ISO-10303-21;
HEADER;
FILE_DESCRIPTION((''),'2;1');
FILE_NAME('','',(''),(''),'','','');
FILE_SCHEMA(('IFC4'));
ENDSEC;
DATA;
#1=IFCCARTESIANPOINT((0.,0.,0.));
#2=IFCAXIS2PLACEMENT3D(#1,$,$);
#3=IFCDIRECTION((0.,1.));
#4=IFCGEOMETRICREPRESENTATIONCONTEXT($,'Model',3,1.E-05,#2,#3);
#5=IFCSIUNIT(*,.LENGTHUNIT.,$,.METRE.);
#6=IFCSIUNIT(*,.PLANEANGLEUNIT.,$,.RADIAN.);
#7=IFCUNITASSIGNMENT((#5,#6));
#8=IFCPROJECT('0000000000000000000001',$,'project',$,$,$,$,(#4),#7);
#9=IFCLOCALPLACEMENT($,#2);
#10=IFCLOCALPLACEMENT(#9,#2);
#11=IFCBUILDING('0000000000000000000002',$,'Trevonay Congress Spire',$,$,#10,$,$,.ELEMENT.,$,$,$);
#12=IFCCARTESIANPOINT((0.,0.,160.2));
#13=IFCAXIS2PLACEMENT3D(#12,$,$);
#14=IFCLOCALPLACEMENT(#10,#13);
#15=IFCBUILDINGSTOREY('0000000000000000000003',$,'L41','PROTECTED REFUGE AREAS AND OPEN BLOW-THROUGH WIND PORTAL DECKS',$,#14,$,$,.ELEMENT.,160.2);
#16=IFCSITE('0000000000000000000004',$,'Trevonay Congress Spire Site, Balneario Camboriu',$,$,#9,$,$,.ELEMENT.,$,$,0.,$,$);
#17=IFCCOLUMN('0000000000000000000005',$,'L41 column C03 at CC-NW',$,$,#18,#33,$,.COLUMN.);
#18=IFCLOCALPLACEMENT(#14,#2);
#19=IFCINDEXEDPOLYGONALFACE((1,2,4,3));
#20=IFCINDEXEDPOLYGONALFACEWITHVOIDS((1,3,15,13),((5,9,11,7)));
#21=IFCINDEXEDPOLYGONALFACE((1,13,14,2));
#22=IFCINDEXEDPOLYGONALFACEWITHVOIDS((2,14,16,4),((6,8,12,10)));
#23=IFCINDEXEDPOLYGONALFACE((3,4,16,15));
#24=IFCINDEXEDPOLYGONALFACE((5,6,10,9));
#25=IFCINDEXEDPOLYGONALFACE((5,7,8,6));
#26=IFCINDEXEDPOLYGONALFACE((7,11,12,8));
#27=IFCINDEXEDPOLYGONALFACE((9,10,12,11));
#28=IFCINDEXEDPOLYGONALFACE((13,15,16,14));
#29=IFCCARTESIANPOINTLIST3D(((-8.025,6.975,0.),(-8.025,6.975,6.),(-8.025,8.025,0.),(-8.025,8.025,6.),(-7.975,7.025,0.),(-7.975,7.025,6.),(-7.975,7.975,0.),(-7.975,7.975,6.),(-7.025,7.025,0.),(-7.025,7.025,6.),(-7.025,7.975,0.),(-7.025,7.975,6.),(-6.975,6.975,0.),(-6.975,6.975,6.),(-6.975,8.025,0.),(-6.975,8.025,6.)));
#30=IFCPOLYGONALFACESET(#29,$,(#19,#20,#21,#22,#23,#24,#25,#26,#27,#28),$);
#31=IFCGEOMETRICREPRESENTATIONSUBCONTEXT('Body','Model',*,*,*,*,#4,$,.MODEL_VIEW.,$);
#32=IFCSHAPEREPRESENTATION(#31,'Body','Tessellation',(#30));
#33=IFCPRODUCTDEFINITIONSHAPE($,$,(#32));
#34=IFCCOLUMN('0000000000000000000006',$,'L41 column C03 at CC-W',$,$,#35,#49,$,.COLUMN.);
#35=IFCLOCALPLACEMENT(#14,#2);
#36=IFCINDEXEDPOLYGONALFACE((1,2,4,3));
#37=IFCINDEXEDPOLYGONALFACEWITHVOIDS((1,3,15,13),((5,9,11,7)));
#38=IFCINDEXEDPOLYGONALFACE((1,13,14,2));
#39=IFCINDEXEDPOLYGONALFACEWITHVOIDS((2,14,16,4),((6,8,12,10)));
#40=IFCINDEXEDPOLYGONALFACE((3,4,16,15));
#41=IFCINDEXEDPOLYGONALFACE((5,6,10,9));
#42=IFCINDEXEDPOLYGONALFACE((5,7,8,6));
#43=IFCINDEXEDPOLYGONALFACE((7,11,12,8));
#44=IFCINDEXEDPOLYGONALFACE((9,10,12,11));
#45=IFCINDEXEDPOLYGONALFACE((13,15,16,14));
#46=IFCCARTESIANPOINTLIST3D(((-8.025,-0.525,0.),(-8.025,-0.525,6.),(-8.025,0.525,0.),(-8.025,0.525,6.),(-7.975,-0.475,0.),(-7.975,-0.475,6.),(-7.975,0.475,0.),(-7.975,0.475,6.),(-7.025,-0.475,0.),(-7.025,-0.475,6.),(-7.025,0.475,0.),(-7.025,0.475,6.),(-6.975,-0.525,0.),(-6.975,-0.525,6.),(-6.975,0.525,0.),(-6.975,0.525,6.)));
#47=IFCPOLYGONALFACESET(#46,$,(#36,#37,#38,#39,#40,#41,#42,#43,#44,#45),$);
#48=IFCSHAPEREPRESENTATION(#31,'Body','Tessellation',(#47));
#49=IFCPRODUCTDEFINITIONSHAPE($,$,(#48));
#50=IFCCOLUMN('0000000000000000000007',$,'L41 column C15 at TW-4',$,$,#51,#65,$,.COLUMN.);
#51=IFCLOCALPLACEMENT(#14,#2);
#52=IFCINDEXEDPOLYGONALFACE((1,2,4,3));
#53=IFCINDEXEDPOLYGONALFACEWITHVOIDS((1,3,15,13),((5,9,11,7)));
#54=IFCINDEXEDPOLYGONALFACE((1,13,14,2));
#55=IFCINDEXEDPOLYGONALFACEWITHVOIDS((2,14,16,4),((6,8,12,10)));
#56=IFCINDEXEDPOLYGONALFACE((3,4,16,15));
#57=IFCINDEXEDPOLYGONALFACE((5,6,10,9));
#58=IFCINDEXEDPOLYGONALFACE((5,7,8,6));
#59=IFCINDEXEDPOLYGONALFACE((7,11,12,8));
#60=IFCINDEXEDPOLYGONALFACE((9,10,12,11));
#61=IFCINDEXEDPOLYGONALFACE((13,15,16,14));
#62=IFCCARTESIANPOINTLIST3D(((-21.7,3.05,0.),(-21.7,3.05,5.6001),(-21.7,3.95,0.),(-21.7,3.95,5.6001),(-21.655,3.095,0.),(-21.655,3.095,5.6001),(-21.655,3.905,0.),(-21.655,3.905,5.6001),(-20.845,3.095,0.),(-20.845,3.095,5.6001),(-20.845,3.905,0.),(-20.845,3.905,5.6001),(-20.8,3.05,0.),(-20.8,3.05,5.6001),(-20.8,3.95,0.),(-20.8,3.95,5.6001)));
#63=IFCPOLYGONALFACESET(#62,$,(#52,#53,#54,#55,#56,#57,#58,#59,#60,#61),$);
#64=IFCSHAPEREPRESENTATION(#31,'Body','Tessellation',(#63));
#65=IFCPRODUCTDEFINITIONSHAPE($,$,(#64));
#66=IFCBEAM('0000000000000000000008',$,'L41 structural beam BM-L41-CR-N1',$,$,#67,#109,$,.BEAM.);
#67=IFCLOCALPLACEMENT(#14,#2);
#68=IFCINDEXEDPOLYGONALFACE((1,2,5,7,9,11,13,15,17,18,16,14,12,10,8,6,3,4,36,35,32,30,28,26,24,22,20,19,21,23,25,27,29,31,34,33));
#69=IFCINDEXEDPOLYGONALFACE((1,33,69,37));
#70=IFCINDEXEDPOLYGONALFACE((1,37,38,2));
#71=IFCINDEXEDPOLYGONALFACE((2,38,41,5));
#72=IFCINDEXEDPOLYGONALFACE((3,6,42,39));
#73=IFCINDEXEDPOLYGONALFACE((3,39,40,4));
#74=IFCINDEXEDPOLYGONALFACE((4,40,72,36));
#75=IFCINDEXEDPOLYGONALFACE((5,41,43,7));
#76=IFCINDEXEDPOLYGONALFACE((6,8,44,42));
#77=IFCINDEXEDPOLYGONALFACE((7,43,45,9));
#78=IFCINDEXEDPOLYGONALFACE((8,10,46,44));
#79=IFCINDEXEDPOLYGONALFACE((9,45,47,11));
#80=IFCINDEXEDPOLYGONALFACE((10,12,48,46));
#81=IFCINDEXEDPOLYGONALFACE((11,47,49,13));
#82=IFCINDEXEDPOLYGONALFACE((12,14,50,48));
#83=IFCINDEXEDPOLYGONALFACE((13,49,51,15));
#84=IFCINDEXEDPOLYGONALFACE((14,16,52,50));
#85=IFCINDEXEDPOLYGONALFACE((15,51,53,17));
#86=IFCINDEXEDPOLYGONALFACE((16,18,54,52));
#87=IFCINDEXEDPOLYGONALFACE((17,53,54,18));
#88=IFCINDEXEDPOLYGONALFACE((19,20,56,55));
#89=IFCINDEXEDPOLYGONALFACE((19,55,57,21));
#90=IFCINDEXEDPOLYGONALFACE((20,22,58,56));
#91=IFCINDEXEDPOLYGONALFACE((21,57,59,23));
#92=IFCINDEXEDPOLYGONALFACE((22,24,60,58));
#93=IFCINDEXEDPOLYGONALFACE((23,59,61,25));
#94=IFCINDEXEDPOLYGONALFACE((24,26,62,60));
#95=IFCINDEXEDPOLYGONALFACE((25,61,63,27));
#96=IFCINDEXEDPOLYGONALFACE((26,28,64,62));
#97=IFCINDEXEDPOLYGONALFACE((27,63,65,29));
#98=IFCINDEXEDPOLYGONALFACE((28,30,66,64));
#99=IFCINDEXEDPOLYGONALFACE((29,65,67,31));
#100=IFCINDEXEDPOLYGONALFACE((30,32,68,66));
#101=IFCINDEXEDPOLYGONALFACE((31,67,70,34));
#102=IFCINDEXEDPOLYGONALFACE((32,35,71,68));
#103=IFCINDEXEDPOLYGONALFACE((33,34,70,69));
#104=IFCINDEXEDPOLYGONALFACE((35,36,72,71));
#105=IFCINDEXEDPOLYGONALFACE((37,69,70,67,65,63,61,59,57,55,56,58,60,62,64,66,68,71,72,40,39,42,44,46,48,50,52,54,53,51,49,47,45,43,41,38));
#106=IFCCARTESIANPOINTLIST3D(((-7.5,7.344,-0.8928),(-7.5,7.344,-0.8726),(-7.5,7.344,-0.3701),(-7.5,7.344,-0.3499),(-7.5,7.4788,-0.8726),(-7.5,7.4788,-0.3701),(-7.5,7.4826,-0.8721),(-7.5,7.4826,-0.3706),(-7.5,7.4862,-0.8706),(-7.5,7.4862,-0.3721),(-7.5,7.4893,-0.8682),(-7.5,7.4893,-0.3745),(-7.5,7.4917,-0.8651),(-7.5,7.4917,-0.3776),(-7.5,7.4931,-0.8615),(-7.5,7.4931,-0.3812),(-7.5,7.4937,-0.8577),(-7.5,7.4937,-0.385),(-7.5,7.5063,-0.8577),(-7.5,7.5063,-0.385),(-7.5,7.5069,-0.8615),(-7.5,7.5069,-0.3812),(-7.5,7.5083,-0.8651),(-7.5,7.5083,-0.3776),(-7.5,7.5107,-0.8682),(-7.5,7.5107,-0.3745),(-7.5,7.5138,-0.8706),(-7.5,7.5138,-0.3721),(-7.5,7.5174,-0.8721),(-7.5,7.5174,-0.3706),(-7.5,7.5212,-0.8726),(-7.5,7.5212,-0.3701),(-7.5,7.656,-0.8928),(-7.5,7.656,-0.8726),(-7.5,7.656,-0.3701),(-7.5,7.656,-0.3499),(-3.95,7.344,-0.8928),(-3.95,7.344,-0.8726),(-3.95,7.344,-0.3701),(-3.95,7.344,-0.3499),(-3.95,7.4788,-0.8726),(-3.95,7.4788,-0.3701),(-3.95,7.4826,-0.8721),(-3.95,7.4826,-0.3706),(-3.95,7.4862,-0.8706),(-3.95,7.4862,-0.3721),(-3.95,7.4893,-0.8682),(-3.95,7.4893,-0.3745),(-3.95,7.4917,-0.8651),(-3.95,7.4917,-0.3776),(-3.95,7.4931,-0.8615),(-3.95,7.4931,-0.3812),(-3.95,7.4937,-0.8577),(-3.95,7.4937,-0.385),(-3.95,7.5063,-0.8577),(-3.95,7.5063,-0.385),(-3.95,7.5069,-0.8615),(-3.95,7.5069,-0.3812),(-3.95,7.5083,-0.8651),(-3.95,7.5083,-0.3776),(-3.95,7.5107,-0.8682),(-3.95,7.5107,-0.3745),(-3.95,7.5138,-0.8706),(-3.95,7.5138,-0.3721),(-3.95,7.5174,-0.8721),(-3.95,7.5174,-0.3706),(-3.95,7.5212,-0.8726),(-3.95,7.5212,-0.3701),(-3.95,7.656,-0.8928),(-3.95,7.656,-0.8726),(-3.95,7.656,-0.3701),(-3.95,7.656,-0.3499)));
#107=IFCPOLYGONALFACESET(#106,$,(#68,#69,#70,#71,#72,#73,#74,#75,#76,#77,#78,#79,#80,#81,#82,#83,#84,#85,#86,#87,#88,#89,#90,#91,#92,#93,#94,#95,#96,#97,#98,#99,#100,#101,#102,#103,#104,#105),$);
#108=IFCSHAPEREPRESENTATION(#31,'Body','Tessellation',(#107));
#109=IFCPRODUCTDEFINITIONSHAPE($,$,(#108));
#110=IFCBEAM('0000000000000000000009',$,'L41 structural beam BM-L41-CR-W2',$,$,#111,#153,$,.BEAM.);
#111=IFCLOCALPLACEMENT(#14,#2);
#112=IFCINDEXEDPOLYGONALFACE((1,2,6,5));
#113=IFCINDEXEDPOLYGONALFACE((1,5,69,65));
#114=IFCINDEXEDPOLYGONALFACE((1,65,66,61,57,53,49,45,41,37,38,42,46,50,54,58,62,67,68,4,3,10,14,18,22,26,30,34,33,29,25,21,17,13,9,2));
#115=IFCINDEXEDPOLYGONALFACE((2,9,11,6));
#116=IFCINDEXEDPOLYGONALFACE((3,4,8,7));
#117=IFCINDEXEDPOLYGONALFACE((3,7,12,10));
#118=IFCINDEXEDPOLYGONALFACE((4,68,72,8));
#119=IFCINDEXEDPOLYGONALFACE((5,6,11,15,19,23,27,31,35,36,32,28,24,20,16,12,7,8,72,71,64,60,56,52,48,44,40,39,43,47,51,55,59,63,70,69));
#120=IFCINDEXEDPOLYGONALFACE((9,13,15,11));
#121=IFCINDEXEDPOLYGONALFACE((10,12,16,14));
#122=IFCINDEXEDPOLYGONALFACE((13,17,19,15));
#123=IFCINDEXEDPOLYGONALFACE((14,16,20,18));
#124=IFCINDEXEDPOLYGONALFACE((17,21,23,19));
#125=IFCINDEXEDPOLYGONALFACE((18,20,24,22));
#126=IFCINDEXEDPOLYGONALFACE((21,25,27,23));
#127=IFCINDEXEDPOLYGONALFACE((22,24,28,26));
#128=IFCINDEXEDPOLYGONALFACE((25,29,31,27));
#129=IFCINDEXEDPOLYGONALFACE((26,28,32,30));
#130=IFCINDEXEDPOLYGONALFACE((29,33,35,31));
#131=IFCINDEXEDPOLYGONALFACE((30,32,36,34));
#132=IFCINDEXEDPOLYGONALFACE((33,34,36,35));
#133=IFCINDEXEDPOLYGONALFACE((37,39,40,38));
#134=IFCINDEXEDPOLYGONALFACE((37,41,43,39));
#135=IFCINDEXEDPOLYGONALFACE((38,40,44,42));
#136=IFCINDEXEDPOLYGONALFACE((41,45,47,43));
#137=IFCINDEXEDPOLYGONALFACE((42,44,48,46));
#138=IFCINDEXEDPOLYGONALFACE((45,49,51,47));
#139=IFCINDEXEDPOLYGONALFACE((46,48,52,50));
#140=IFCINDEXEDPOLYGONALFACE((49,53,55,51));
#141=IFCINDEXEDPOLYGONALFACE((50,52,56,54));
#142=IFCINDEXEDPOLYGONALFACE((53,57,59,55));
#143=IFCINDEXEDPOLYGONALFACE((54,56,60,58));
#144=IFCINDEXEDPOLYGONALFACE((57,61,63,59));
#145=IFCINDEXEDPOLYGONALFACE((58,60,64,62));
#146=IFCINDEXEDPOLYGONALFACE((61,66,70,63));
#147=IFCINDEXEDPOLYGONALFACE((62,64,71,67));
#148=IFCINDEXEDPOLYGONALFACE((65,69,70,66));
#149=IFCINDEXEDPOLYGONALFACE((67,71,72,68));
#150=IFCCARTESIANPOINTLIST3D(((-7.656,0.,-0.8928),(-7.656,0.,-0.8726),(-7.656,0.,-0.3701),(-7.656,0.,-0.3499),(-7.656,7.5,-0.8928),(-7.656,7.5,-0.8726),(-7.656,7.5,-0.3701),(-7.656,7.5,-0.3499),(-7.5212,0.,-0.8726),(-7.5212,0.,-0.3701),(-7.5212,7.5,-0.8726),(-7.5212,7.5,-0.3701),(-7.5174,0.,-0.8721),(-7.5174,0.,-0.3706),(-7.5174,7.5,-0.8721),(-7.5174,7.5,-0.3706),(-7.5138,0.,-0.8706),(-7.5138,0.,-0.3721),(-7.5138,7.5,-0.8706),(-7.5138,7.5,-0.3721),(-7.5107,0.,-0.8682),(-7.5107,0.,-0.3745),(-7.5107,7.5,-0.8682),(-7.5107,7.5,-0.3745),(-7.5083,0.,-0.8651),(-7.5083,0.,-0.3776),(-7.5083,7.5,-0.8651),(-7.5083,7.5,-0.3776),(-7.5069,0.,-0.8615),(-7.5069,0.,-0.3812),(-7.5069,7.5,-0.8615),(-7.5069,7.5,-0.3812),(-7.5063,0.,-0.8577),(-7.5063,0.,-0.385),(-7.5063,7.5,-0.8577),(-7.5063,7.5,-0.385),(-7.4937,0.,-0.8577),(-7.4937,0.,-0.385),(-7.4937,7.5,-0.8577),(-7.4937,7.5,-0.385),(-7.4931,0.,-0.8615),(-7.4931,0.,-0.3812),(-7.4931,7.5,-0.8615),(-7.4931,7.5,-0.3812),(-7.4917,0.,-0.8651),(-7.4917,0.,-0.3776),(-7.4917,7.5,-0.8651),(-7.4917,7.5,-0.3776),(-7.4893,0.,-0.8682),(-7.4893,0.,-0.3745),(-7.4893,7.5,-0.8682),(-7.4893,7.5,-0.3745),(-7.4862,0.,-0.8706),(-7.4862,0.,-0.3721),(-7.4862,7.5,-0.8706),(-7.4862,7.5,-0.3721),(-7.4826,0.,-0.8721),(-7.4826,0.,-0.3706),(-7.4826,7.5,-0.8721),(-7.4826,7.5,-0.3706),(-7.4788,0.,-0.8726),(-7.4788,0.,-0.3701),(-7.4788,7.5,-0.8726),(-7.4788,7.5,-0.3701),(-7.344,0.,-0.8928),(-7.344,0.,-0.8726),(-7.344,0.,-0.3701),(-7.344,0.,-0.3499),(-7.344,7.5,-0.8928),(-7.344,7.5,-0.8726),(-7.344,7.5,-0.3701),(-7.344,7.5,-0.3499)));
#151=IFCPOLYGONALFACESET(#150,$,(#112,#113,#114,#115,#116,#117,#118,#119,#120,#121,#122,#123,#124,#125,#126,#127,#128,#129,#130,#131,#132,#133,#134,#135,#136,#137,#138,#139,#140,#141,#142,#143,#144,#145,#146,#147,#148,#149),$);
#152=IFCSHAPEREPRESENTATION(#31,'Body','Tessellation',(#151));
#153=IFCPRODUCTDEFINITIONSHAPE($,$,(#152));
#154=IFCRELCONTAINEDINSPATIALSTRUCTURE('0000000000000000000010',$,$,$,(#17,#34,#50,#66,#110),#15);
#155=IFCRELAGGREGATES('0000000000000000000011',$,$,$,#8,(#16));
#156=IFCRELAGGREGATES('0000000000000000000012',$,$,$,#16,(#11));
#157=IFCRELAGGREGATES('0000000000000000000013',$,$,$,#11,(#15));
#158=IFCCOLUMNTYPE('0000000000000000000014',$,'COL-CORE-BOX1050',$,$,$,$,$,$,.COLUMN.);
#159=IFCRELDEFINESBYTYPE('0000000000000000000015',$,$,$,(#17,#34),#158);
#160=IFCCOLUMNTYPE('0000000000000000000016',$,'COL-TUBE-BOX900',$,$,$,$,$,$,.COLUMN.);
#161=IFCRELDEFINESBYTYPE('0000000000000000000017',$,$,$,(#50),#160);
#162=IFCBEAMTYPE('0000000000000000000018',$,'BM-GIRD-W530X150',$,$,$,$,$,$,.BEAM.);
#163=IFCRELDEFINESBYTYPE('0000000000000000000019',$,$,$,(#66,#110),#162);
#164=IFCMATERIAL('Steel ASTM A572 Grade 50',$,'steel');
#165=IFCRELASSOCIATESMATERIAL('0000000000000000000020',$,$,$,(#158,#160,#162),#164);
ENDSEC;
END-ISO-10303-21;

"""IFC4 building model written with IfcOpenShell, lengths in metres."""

from ifc_helpers import new_model, si_unit, direction, frame, origin, origin_2d, place, context, subcontext, project, spatial, hollow_rectangle, i_section, extrude, material, material_profile, profile_set, type_object, element, save


model = new_model("IFC4")

# Units and contexts
model_context = context("Model", 3, precision=1e-05, world=origin(), true_north=direction((0.0, 1.0)))
body_context = subcontext(model_context, "Body", "Model", "MODEL_VIEW")
ifc_project = project(units=[si_unit("LENGTHUNIT", "METRE"), si_unit("PLANEANGLEUNIT", "RADIAN")], contexts=[model_context])

# Site, building, storey
site_placement = place(None, origin())
site = spatial("IfcSite", under=ifc_project, at=site_placement, Name="Trevonay Congress Spire Site, Balneario Camboriu", CompositionType="ELEMENT", RefElevation=0.0)
building_placement = place(site_placement, origin())
building = spatial("IfcBuilding", under=site, at=building_placement, Name="Trevonay Congress Spire", CompositionType="ELEMENT")
storey_placement = place(building_placement, frame((0.0, 0.0, 160.2)))
storey = spatial("IfcBuildingStorey", under=building, at=storey_placement, Name="L41", Description="PROTECTED REFUGE AREAS AND OPEN BLOW-THROUGH WIND PORTAL DECKS", CompositionType="ELEMENT", Elevation=160.2)

# Columns
ifc_material_1 = material(Name="Steel ASTM A572 Grade 50", Category="steel")
ifc_material_profile_1 = material_profile(ifc_material_1, hollow_rectangle(XDim=1.05, YDim=1.05, WallThickness=0.05, at=origin_2d()), Name="BOX 1050x1050x50")
ifc_profile_set_1 = profile_set([ifc_material_profile_1], Name="Steel ASTM A572 Grade 50")
column_type_1 = type_object("IfcColumnType", Name="COL-CORE-BOX1050", PredefinedType="COLUMN", material=ifc_profile_set_1)
for number, where, z_axis, x_axis, name in (
    (1, (-7.5, 7.5, 0.0), (0.0, 0.0, 1.0), (1.0, 0.0, 0.0), "L41 column C03 at CC-NW"),
    (2, (-7.5, 0.0, 0.0), (0.0, 0.0, 1.0), (1.0, 0.0, 0.0), "L41 column C03 at CC-W"),
):
    element("IfcColumn", number, at=place(storey_placement, frame(where, z_axis=z_axis, x_axis=x_axis)), inside=storey, type_object=column_type_1, Name=name, PredefinedType="COLUMN", context=body_context, shape_type="SweptSolid", body=[
        extrude(hollow_rectangle(XDim=1.05, YDim=1.05, WallThickness=0.05, at=origin_2d()), origin(), (0.0, 0.0, 1.0), 6.0),
    ])
ifc_material_profile_2 = material_profile(ifc_material_1, hollow_rectangle(XDim=0.8999, YDim=0.8999, WallThickness=0.0449, at=origin_2d()), Name="BOX 900x900x45")
ifc_profile_set_2 = profile_set([ifc_material_profile_2], Name="Steel ASTM A572 Grade 50")
column_type_2 = type_object("IfcColumnType", Name="COL-TUBE-BOX900", PredefinedType="COLUMN", material=ifc_profile_set_2)
column_placement = place(storey_placement, frame((-21.25, 3.5, 0.0), z_axis=(0.0, 0.0, 1.0), x_axis=(1.0, 0.0, 0.0)))
element("IfcColumn", 3, at=column_placement, inside=storey, type_object=column_type_2, Name="L41 column C15 at TW-4", PredefinedType="COLUMN", context=body_context, shape_type="SweptSolid", body=[
    extrude(hollow_rectangle(XDim=0.8999, YDim=0.8999, WallThickness=0.0449, at=origin_2d()), origin(), (0.0, 0.0, 1.0), 5.6001),
])

# Beams
ifc_material_profile_3 = material_profile(ifc_material_1, i_section(OverallWidth=0.312, OverallDepth=0.543, WebThickness=0.0127, FlangeThickness=0.0203, FilletRadius=0.0149, at=origin_2d()), Name="W530x150")
ifc_profile_set_3 = profile_set([ifc_material_profile_3], Name="Steel ASTM A572 Grade 50")
beam_type_1 = type_object("IfcBeamType", Name="BM-GIRD-W530X150", PredefinedType="BEAM", material=ifc_profile_set_3)
beam_1_placement = place(storey_placement, frame((-7.5, 7.5, -0.6213), z_axis=(1.0, 0.0, 0.0), x_axis=(0.0, 1.0, 0.0)))
element("IfcBeam", 4, at=beam_1_placement, inside=storey, type_object=beam_type_1, Name="L41 structural beam BM-L41-CR-N1", PredefinedType="BEAM", context=body_context, shape_type="SweptSolid", body=[
    extrude(i_section(OverallWidth=0.312, OverallDepth=0.543, WebThickness=0.0127, FlangeThickness=0.0203, FilletRadius=0.0149, at=origin_2d()), origin(), (0.0, 0.0, 1.0), 3.55),
])
beam_2_placement = place(storey_placement, frame((-7.5, 0.0, -0.6213), z_axis=(0.0, 1.0, 0.0), x_axis=(-1.0, 0.0, 0.0)))
element("IfcBeam", 5, at=beam_2_placement, inside=storey, type_object=beam_type_1, Name="L41 structural beam BM-L41-CR-W2", PredefinedType="BEAM", context=body_context, shape_type="SweptSolid", body=[
    extrude(i_section(OverallWidth=0.312, OverallDepth=0.543, WebThickness=0.0127, FlangeThickness=0.0203, FilletRadius=0.0149, at=origin_2d()), origin(), (0.0, 0.0, 1.0), 7.5),
])

save(model, "model.ifc")
